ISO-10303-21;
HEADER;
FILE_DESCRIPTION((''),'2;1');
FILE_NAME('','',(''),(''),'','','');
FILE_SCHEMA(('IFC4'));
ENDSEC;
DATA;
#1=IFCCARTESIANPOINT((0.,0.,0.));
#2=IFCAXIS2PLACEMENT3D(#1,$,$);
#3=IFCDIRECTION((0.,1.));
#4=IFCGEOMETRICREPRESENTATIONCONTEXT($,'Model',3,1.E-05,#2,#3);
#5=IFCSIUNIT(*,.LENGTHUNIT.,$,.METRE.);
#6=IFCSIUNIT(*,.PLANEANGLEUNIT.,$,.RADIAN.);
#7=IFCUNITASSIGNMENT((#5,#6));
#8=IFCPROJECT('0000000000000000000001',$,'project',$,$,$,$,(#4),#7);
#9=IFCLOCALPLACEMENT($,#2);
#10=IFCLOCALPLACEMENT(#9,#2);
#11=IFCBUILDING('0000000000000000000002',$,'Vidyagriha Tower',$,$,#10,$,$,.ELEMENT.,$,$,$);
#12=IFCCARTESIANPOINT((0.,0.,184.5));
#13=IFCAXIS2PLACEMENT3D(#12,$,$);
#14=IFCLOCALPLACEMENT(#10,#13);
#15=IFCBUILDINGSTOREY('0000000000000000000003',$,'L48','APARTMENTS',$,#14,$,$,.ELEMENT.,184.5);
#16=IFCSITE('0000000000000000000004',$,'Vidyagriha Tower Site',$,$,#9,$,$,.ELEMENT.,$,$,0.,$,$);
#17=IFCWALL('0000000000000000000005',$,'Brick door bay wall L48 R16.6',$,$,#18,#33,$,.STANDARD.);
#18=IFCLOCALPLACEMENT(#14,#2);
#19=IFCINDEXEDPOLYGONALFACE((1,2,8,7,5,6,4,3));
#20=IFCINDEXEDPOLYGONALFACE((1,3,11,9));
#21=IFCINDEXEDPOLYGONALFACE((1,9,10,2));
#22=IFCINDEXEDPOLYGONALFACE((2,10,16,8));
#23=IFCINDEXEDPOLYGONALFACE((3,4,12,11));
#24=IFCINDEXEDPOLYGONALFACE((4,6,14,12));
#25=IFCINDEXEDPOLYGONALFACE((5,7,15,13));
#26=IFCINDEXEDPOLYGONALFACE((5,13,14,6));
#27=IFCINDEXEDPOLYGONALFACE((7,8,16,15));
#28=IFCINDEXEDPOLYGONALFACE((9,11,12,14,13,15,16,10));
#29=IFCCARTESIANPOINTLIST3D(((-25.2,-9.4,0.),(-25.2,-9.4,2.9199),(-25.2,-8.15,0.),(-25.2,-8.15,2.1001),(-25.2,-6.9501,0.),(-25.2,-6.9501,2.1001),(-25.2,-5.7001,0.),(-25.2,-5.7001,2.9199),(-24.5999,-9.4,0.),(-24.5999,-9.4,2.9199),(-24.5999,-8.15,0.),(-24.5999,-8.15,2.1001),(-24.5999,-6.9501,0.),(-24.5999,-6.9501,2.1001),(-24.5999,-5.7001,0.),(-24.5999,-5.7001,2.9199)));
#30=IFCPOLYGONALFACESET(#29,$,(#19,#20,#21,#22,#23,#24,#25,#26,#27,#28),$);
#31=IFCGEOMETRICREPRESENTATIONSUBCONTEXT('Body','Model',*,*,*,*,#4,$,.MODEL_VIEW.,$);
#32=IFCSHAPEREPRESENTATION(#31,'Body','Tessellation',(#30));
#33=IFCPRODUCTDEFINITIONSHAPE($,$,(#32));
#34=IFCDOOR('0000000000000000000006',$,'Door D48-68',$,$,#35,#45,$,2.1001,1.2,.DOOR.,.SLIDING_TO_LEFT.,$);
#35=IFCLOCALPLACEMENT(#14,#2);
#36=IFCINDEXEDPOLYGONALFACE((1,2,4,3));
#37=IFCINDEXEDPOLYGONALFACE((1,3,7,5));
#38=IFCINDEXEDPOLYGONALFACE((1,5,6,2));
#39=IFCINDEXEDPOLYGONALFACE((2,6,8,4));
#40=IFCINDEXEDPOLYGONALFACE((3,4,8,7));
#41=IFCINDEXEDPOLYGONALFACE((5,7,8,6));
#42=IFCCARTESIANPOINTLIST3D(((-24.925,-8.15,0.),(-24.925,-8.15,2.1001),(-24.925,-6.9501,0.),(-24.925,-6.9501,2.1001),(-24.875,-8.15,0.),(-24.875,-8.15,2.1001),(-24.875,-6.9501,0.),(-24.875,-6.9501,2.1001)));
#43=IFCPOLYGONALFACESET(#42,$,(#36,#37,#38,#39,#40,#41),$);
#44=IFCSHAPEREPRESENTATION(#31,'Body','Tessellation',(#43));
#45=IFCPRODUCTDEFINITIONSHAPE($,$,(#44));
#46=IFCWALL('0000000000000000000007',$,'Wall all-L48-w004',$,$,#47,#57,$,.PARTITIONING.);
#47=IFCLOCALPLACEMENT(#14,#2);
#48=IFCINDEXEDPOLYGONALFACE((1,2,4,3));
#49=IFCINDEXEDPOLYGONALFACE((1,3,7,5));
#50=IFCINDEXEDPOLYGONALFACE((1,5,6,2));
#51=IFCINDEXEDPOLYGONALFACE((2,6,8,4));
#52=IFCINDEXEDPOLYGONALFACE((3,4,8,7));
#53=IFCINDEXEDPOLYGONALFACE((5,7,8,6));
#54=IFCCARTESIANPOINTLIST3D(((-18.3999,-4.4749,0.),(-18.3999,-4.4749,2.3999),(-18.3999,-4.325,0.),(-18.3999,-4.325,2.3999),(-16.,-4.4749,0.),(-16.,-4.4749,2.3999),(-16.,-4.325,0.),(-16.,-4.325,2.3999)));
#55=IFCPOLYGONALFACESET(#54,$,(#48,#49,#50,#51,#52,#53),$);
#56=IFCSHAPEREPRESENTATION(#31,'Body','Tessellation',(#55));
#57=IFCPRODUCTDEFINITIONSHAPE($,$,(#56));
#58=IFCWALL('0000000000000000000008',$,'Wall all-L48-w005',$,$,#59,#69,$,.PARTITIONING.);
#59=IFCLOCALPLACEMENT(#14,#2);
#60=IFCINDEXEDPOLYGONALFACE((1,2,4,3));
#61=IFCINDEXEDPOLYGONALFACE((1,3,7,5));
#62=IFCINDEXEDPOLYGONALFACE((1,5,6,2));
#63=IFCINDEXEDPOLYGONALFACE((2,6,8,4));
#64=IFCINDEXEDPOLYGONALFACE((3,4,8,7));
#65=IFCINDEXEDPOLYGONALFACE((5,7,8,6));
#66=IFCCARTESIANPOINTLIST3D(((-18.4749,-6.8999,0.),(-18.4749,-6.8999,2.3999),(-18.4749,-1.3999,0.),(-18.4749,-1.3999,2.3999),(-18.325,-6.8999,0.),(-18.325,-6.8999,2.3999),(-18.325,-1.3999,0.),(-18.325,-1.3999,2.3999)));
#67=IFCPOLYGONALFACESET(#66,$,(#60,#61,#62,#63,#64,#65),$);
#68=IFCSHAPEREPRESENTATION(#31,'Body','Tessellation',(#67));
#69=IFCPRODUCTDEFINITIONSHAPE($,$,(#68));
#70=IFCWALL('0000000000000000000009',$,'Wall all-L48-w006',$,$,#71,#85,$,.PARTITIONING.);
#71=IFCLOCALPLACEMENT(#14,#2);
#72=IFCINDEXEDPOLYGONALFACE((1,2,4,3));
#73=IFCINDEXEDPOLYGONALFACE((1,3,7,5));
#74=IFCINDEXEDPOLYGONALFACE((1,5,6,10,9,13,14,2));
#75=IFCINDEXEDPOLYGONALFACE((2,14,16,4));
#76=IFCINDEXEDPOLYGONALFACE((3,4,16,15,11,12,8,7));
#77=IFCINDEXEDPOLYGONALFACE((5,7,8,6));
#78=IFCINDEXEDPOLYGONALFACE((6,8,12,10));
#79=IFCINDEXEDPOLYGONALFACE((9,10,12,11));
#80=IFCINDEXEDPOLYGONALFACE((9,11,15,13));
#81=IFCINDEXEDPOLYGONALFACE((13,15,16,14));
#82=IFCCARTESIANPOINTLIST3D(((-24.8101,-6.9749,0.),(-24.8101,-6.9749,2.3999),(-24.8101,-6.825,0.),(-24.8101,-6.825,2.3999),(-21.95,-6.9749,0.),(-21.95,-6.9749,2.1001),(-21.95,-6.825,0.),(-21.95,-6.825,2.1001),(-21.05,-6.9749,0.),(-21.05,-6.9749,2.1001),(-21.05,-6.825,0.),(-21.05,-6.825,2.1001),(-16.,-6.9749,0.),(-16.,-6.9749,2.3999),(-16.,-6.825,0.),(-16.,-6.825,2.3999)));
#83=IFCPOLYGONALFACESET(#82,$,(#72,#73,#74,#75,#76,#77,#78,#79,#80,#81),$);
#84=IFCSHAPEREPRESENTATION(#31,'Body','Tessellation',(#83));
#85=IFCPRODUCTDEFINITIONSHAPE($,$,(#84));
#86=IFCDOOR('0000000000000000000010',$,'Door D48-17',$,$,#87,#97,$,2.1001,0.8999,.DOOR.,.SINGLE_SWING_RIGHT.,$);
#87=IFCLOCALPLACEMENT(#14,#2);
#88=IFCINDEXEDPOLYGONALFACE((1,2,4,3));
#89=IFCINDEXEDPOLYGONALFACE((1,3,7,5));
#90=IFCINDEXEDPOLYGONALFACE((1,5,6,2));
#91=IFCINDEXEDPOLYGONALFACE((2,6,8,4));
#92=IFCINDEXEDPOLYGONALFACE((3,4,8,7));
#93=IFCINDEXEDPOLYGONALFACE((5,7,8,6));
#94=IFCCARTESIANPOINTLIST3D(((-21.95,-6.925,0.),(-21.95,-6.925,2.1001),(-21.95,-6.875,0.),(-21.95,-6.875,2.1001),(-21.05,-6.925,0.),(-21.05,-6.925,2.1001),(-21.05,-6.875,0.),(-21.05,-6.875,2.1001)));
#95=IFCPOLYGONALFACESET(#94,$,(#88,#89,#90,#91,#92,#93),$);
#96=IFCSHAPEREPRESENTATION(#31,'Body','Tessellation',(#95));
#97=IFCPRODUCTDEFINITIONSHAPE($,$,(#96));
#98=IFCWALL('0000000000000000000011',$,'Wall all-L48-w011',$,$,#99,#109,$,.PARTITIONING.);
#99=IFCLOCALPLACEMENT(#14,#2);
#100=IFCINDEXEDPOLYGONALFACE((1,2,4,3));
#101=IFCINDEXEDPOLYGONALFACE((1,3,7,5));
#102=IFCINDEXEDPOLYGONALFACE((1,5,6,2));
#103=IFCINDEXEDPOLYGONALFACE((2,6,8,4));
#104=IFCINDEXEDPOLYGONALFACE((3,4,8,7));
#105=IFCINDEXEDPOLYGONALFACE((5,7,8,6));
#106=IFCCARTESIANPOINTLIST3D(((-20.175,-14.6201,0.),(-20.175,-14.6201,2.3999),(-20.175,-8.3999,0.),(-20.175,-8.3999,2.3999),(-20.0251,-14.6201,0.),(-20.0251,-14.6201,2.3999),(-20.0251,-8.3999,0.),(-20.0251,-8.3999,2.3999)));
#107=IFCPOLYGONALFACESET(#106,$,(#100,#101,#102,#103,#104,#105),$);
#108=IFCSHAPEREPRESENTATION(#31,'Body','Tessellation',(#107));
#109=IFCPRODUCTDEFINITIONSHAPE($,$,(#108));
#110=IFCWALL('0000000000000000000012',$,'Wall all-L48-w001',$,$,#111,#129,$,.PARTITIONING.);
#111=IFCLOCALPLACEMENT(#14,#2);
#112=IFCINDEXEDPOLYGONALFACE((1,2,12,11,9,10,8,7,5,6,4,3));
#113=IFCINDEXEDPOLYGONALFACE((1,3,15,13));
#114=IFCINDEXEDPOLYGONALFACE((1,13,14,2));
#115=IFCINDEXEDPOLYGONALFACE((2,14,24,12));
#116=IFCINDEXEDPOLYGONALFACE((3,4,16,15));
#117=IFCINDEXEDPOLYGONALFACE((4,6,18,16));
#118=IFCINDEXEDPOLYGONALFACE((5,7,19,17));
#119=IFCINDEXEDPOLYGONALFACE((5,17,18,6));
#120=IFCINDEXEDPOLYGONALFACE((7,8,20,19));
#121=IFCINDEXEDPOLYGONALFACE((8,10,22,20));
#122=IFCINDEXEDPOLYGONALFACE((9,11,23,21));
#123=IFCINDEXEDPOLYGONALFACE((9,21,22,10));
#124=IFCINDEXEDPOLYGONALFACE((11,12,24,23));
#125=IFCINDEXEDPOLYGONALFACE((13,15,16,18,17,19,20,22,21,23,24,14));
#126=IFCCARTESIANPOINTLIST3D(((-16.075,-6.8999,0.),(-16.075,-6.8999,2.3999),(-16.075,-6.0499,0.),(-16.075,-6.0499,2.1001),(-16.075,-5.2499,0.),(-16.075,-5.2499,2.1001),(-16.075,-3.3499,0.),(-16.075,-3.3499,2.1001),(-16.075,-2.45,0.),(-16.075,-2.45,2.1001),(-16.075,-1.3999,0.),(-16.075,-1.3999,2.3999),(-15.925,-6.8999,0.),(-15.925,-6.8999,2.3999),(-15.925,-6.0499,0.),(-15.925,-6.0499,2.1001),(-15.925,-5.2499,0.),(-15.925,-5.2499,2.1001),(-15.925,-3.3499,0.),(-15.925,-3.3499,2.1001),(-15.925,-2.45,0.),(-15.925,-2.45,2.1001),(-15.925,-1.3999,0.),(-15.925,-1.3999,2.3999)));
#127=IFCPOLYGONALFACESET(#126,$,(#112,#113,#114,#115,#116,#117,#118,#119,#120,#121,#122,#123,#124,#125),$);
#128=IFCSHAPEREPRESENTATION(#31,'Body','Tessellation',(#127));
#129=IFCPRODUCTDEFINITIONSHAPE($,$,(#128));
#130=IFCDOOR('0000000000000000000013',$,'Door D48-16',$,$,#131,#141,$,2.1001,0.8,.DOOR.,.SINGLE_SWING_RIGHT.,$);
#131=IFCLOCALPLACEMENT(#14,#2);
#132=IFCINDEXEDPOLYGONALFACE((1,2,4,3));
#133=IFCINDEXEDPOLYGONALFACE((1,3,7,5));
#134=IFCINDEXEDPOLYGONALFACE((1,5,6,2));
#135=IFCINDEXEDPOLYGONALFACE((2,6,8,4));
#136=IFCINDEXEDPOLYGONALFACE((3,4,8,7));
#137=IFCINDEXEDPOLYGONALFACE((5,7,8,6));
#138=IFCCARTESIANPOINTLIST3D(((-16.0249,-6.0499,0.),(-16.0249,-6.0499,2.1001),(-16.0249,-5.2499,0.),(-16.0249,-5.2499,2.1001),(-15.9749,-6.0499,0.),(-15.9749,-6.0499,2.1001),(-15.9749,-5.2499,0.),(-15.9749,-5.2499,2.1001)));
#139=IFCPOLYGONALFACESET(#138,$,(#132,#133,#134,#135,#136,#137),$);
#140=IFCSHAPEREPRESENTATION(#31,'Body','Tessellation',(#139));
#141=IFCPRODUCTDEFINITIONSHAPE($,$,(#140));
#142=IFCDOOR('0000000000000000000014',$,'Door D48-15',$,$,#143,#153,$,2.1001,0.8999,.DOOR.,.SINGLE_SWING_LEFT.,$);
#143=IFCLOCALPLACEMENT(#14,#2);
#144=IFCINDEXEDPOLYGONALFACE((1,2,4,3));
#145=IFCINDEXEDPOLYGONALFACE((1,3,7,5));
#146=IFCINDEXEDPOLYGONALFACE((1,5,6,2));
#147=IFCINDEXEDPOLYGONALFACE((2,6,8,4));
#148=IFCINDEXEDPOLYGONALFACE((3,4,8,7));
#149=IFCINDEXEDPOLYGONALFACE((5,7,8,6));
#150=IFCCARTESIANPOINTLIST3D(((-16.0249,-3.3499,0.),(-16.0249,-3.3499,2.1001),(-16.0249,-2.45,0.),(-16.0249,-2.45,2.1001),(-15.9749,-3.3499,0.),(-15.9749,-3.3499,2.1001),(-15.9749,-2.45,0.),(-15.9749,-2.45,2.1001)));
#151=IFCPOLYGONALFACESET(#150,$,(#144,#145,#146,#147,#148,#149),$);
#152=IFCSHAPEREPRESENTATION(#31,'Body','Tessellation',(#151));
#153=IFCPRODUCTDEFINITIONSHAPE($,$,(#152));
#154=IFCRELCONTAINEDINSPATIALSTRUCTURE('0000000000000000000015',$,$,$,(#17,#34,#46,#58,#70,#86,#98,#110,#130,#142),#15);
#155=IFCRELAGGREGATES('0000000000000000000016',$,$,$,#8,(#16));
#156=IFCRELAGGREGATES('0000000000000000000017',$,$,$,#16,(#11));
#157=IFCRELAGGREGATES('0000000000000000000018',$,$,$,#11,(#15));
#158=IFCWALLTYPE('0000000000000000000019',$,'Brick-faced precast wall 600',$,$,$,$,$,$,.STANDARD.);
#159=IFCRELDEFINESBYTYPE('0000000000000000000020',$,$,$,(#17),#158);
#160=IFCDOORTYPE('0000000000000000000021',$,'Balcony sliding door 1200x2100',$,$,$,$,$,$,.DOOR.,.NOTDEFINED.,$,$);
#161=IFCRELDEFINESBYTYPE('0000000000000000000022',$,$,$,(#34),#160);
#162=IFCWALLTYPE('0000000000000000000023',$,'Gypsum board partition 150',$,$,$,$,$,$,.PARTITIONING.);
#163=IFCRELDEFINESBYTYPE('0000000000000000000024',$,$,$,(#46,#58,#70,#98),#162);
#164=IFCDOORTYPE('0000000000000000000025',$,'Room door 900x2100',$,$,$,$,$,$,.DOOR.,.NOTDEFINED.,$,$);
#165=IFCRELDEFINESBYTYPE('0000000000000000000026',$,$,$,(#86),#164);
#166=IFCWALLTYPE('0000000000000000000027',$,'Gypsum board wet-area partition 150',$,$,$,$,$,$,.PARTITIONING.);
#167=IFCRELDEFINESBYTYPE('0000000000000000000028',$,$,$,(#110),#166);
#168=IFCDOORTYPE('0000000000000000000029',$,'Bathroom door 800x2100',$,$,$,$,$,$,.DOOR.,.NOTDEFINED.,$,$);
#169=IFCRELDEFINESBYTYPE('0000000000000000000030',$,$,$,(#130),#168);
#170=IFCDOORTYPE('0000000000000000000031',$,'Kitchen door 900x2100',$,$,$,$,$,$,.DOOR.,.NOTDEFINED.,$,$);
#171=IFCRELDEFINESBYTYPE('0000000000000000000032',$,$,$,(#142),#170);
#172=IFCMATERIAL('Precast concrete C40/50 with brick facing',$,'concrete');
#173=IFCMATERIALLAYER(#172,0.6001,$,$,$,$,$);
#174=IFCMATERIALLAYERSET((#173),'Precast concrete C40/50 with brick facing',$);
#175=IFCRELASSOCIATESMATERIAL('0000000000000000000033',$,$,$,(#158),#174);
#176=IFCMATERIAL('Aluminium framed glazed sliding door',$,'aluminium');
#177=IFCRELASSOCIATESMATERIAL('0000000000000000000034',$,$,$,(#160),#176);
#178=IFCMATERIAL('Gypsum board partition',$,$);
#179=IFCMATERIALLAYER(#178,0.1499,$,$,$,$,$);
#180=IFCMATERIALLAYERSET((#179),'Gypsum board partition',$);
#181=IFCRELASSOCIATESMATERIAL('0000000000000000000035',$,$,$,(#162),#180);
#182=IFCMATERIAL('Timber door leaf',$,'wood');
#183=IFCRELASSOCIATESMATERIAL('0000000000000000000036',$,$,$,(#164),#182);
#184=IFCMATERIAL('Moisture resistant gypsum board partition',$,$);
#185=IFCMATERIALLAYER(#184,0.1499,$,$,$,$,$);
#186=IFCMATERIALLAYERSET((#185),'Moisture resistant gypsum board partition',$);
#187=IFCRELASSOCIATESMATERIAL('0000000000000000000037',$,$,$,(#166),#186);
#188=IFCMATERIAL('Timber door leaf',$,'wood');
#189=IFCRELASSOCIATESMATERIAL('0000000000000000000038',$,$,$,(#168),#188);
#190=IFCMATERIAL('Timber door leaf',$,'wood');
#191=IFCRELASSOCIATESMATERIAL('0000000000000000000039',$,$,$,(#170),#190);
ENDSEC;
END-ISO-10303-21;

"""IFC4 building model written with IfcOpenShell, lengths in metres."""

from ifc_helpers import new_model, si_unit, direction, frame, frame_2d, origin, place, context, subcontext, project, spatial, rectangle, extrude, material, layer, layer_set, type_object, element, fill, save


model = new_model("IFC4")

# Units and contexts
model_context = context("Model", 3, precision=1e-05, world=origin(), true_north=direction((0.0, 1.0)))
body_context = subcontext(model_context, "Body", "Model", "MODEL_VIEW")
ifc_project = project(units=[si_unit("LENGTHUNIT", "METRE"), si_unit("PLANEANGLEUNIT", "RADIAN")], contexts=[model_context])

# Site, building, storey
site_placement = place(None, origin())
site = spatial("IfcSite", under=ifc_project, at=site_placement, Name="Vidyagriha Tower Site", CompositionType="ELEMENT", RefElevation=0.0)
building_placement = place(site_placement, origin())
building = spatial("IfcBuilding", under=site, at=building_placement, Name="Vidyagriha Tower", CompositionType="ELEMENT")
storey_placement = place(building_placement, frame((0.0, 0.0, 184.5)))
storey = spatial("IfcBuildingStorey", under=building, at=storey_placement, Name="L48", Description="APARTMENTS", CompositionType="ELEMENT", Elevation=184.5)

# Wall, opening, door
ifc_material_1 = material(Name="Precast concrete C40/50 with brick facing", Category="concrete")
ifc_layer_1 = layer(ifc_material_1, 0.6001)
ifc_layer_set_1 = layer_set([ifc_layer_1], Name="Precast concrete C40/50 with brick facing")
wall_type_1 = type_object("IfcWallType", Name="Brick-faced precast wall 600", PredefinedType="STANDARD", material=ifc_layer_set_1)
wall_1_placement = place(storey_placement, frame((-24.8999, -5.7, 0.0), z_axis=(0.0, 0.0, 1.0), x_axis=(0.0, -1.0, 0.0)))
wall_1 = element("IfcWall", 1, at=wall_1_placement, inside=storey, type_object=wall_type_1, Name="Brick door bay wall L48 R16.6", PredefinedType="STANDARD", context=body_context, shape_type="SweptSolid", body=[
    extrude(rectangle(XDim=3.7, YDim=0.6001, at=frame_2d((1.8501, 0.0))), origin(), (0.0, 0.0, 1.0), 2.9199),
])
opening_1_placement = place(wall_1_placement, frame((1.25, 0.0, 0.0)))
opening_1 = element("IfcOpeningElement", 2, at=opening_1_placement, cuts=wall_1, PredefinedType="OPENING", context=body_context, shape_type="SweptSolid", body=[
    extrude(rectangle(XDim=1.2, YDim=2.1001, at=frame_2d((0.6001, 1.05))), frame((0.0, 0.3101, 0.0), z_axis=(0.0, -1.0, 0.0), x_axis=(1.0, 0.0, 0.0)), (0.0, 0.0, 1.0), 0.6201),
])
ifc_material_2 = material(Name="Aluminium framed glazed sliding door", Category="aluminium")
door_type_1 = type_object("IfcDoorType", Name="Balcony sliding door 1200x2100", OperationType="NOTDEFINED", PredefinedType="DOOR", material=ifc_material_2)
door_1_placement = place(opening_1_placement, origin())
door_1 = element("IfcDoor", 3, at=door_1_placement, inside=storey, type_object=door_type_1, Name="Door D48-68", OperationType="SLIDING_TO_LEFT", OverallHeight=2.1001, OverallWidth=1.2, PredefinedType="DOOR", context=body_context, shape_type="SweptSolid", body=[
    extrude(rectangle(XDim=1.2, YDim=2.1001, at=frame_2d((0.6001, 1.05))), frame((0.0, 0.0249, 0.0), z_axis=(0.0, -1.0, 0.0), x_axis=(1.0, 0.0, 0.0)), (0.0, 0.0, 1.0), 0.05),
])
fill(opening_1, door_1)

# Walls
ifc_material_3 = material(Name="Gypsum board partition")
ifc_layer_2 = layer(ifc_material_3, 0.1499)
ifc_layer_set_2 = layer_set([ifc_layer_2], Name="Gypsum board partition")
wall_type_2 = type_object("IfcWallType", Name="Gypsum board partition 150", PredefinedType="PARTITIONING", material=ifc_layer_set_2)
wall_2_placement = place(storey_placement, frame((-16.0, -4.3999, 0.0), z_axis=(0.0, 0.0, 1.0), x_axis=(-1.0, 0.0, 0.0)))
element("IfcWall", 4, at=wall_2_placement, inside=storey, type_object=wall_type_2, Name="Wall all-L48-w004", PredefinedType="PARTITIONING", context=body_context, shape_type="SweptSolid", body=[
    extrude(rectangle(XDim=2.3999, YDim=0.1499, at=frame_2d((1.2, 0.0))), origin(), (0.0, 0.0, 1.0), 2.3999),
])
wall_3_placement = place(storey_placement, frame((-18.3999, -6.8999, 0.0), z_axis=(0.0, 0.0, 1.0), x_axis=(0.0, 1.0, 0.0)))
element("IfcWall", 5, at=wall_3_placement, inside=storey, type_object=wall_type_2, Name="Wall all-L48-w005", PredefinedType="PARTITIONING", context=body_context, shape_type="SweptSolid", body=[
    extrude(rectangle(XDim=5.5, YDim=0.1499, at=frame_2d((2.75, 0.0))), origin(), (0.0, 0.0, 1.0), 2.3999),
])

# Wall, opening, door
wall_4_placement = place(storey_placement, frame((-24.8101, -6.8999, 0.0)))
wall_4 = element("IfcWall", 6, at=wall_4_placement, inside=storey, type_object=wall_type_2, Name="Wall all-L48-w006", PredefinedType="PARTITIONING", context=body_context, shape_type="SweptSolid", body=[
    extrude(rectangle(XDim=8.8101, YDim=0.1499, at=frame_2d((4.405, 0.0))), origin(), (0.0, 0.0, 1.0), 2.3999),
])
opening_2_placement = place(wall_4_placement, frame((2.8601, 0.0, 0.0)))
opening_2 = element("IfcOpeningElement", 7, at=opening_2_placement, cuts=wall_4, PredefinedType="OPENING", context=body_context, shape_type="SweptSolid", body=[
    extrude(rectangle(XDim=0.8999, YDim=2.1001, at=frame_2d((0.45, 1.05))), frame((0.0, 0.085, 0.0), z_axis=(0.0, -1.0, 0.0), x_axis=(1.0, 0.0, 0.0)), (0.0, 0.0, 1.0), 0.1699),
])
ifc_material_4 = material(Name="Timber door leaf", Category="wood")
door_type_2 = type_object("IfcDoorType", Name="Room door 900x2100", OperationType="NOTDEFINED", PredefinedType="DOOR", material=ifc_material_4)
door_2_placement = place(opening_2_placement, origin())
door_2 = element("IfcDoor", 8, at=door_2_placement, inside=storey, type_object=door_type_2, Name="Door D48-17", OperationType="SINGLE_SWING_RIGHT", OverallHeight=2.1001, OverallWidth=0.8999, PredefinedType="DOOR", context=body_context, shape_type="SweptSolid", body=[
    extrude(rectangle(XDim=0.8999, YDim=2.1001, at=frame_2d((0.45, 1.05))), frame((0.0, 0.0249, 0.0), z_axis=(0.0, -1.0, 0.0), x_axis=(1.0, 0.0, 0.0)), (0.0, 0.0, 1.0), 0.05),
])
fill(opening_2, door_2)

# Wall
wall_5_placement = place(storey_placement, frame((-20.1001, -8.3999, 0.0), z_axis=(0.0, 0.0, 1.0), x_axis=(0.0, -1.0, 0.0)))
element("IfcWall", 9, at=wall_5_placement, inside=storey, type_object=wall_type_2, Name="Wall all-L48-w011", PredefinedType="PARTITIONING", context=body_context, shape_type="SweptSolid", body=[
    extrude(rectangle(XDim=6.2202, YDim=0.1499, at=frame_2d((3.1101, 0.0))), origin(), (0.0, 0.0, 1.0), 2.3999),
])

# Wall, openings, doors
ifc_material_5 = material(Name="Moisture resistant gypsum board partition")
ifc_layer_3 = layer(ifc_material_5, 0.1499)
ifc_layer_set_3 = layer_set([ifc_layer_3], Name="Moisture resistant gypsum board partition")
wall_type_3 = type_object("IfcWallType", Name="Gypsum board wet-area partition 150", PredefinedType="PARTITIONING", material=ifc_layer_set_3)
wall_6_placement = place(storey_placement, frame((-16.0, -6.8999, 0.0), z_axis=(0.0, 0.0, 1.0), x_axis=(0.0, 1.0, 0.0)))
wall_6 = element("IfcWall", 10, at=wall_6_placement, inside=storey, type_object=wall_type_3, Name="Wall all-L48-w001", PredefinedType="PARTITIONING", context=body_context, shape_type="SweptSolid", body=[
    extrude(rectangle(XDim=5.5, YDim=0.1499, at=frame_2d((2.75, 0.0))), origin(), (0.0, 0.0, 1.0), 2.3999),
])
opening_3_placement = place(wall_6_placement, frame((3.55, 0.0, 0.0)))
opening_3 = element("IfcOpeningElement", 11, at=opening_3_placement, cuts=wall_6, PredefinedType="OPENING", context=body_context, shape_type="SweptSolid", body=[
    extrude(rectangle(XDim=0.8999, YDim=2.1001, at=frame_2d((0.45, 1.05))), frame((0.0, 0.085, 0.0), z_axis=(0.0, -1.0, 0.0), x_axis=(1.0, 0.0, 0.0)), (0.0, 0.0, 1.0), 0.1699),
])
opening_4_placement = place(wall_6_placement, frame((0.8501, 0.0, 0.0)))
opening_4 = element("IfcOpeningElement", 12, at=opening_4_placement, cuts=wall_6, PredefinedType="OPENING", context=body_context, shape_type="SweptSolid", body=[
    extrude(rectangle(XDim=0.8, YDim=2.1001, at=frame_2d((0.3999, 1.05))), frame((0.0, 0.085, 0.0), z_axis=(0.0, -1.0, 0.0), x_axis=(1.0, 0.0, 0.0)), (0.0, 0.0, 1.0), 0.1699),
])
ifc_material_6 = material(Name="Timber door leaf", Category="wood")
door_type_3 = type_object("IfcDoorType", Name="Bathroom door 800x2100", OperationType="NOTDEFINED", PredefinedType="DOOR", material=ifc_material_6)
door_3_placement = place(opening_4_placement, origin())
door_3 = element("IfcDoor", 13, at=door_3_placement, inside=storey, type_object=door_type_3, Name="Door D48-16", OperationType="SINGLE_SWING_RIGHT", OverallHeight=2.1001, OverallWidth=0.8, PredefinedType="DOOR", context=body_context, shape_type="SweptSolid", body=[
    extrude(rectangle(XDim=0.8, YDim=2.1001, at=frame_2d((0.3999, 1.05))), frame((0.0, 0.0249, 0.0), z_axis=(0.0, -1.0, 0.0), x_axis=(1.0, 0.0, 0.0)), (0.0, 0.0, 1.0), 0.05),
])
fill(opening_4, door_3)
ifc_material_7 = material(Name="Timber door leaf", Category="wood")
door_type_4 = type_object("IfcDoorType", Name="Kitchen door 900x2100", OperationType="NOTDEFINED", PredefinedType="DOOR", material=ifc_material_7)
door_4_placement = place(opening_3_placement, origin())
door_4 = element("IfcDoor", 14, at=door_4_placement, inside=storey, type_object=door_type_4, Name="Door D48-15", OperationType="SINGLE_SWING_LEFT", OverallHeight=2.1001, OverallWidth=0.8999, PredefinedType="DOOR", context=body_context, shape_type="SweptSolid", body=[
    extrude(rectangle(XDim=0.8999, YDim=2.1001, at=frame_2d((0.45, 1.05))), frame((0.0, 0.0249, 0.0), z_axis=(0.0, -1.0, 0.0), x_axis=(1.0, 0.0, 0.0)), (0.0, 0.0, 1.0), 0.05),
])
fill(opening_3, door_4)

save(model, "model.ifc")
